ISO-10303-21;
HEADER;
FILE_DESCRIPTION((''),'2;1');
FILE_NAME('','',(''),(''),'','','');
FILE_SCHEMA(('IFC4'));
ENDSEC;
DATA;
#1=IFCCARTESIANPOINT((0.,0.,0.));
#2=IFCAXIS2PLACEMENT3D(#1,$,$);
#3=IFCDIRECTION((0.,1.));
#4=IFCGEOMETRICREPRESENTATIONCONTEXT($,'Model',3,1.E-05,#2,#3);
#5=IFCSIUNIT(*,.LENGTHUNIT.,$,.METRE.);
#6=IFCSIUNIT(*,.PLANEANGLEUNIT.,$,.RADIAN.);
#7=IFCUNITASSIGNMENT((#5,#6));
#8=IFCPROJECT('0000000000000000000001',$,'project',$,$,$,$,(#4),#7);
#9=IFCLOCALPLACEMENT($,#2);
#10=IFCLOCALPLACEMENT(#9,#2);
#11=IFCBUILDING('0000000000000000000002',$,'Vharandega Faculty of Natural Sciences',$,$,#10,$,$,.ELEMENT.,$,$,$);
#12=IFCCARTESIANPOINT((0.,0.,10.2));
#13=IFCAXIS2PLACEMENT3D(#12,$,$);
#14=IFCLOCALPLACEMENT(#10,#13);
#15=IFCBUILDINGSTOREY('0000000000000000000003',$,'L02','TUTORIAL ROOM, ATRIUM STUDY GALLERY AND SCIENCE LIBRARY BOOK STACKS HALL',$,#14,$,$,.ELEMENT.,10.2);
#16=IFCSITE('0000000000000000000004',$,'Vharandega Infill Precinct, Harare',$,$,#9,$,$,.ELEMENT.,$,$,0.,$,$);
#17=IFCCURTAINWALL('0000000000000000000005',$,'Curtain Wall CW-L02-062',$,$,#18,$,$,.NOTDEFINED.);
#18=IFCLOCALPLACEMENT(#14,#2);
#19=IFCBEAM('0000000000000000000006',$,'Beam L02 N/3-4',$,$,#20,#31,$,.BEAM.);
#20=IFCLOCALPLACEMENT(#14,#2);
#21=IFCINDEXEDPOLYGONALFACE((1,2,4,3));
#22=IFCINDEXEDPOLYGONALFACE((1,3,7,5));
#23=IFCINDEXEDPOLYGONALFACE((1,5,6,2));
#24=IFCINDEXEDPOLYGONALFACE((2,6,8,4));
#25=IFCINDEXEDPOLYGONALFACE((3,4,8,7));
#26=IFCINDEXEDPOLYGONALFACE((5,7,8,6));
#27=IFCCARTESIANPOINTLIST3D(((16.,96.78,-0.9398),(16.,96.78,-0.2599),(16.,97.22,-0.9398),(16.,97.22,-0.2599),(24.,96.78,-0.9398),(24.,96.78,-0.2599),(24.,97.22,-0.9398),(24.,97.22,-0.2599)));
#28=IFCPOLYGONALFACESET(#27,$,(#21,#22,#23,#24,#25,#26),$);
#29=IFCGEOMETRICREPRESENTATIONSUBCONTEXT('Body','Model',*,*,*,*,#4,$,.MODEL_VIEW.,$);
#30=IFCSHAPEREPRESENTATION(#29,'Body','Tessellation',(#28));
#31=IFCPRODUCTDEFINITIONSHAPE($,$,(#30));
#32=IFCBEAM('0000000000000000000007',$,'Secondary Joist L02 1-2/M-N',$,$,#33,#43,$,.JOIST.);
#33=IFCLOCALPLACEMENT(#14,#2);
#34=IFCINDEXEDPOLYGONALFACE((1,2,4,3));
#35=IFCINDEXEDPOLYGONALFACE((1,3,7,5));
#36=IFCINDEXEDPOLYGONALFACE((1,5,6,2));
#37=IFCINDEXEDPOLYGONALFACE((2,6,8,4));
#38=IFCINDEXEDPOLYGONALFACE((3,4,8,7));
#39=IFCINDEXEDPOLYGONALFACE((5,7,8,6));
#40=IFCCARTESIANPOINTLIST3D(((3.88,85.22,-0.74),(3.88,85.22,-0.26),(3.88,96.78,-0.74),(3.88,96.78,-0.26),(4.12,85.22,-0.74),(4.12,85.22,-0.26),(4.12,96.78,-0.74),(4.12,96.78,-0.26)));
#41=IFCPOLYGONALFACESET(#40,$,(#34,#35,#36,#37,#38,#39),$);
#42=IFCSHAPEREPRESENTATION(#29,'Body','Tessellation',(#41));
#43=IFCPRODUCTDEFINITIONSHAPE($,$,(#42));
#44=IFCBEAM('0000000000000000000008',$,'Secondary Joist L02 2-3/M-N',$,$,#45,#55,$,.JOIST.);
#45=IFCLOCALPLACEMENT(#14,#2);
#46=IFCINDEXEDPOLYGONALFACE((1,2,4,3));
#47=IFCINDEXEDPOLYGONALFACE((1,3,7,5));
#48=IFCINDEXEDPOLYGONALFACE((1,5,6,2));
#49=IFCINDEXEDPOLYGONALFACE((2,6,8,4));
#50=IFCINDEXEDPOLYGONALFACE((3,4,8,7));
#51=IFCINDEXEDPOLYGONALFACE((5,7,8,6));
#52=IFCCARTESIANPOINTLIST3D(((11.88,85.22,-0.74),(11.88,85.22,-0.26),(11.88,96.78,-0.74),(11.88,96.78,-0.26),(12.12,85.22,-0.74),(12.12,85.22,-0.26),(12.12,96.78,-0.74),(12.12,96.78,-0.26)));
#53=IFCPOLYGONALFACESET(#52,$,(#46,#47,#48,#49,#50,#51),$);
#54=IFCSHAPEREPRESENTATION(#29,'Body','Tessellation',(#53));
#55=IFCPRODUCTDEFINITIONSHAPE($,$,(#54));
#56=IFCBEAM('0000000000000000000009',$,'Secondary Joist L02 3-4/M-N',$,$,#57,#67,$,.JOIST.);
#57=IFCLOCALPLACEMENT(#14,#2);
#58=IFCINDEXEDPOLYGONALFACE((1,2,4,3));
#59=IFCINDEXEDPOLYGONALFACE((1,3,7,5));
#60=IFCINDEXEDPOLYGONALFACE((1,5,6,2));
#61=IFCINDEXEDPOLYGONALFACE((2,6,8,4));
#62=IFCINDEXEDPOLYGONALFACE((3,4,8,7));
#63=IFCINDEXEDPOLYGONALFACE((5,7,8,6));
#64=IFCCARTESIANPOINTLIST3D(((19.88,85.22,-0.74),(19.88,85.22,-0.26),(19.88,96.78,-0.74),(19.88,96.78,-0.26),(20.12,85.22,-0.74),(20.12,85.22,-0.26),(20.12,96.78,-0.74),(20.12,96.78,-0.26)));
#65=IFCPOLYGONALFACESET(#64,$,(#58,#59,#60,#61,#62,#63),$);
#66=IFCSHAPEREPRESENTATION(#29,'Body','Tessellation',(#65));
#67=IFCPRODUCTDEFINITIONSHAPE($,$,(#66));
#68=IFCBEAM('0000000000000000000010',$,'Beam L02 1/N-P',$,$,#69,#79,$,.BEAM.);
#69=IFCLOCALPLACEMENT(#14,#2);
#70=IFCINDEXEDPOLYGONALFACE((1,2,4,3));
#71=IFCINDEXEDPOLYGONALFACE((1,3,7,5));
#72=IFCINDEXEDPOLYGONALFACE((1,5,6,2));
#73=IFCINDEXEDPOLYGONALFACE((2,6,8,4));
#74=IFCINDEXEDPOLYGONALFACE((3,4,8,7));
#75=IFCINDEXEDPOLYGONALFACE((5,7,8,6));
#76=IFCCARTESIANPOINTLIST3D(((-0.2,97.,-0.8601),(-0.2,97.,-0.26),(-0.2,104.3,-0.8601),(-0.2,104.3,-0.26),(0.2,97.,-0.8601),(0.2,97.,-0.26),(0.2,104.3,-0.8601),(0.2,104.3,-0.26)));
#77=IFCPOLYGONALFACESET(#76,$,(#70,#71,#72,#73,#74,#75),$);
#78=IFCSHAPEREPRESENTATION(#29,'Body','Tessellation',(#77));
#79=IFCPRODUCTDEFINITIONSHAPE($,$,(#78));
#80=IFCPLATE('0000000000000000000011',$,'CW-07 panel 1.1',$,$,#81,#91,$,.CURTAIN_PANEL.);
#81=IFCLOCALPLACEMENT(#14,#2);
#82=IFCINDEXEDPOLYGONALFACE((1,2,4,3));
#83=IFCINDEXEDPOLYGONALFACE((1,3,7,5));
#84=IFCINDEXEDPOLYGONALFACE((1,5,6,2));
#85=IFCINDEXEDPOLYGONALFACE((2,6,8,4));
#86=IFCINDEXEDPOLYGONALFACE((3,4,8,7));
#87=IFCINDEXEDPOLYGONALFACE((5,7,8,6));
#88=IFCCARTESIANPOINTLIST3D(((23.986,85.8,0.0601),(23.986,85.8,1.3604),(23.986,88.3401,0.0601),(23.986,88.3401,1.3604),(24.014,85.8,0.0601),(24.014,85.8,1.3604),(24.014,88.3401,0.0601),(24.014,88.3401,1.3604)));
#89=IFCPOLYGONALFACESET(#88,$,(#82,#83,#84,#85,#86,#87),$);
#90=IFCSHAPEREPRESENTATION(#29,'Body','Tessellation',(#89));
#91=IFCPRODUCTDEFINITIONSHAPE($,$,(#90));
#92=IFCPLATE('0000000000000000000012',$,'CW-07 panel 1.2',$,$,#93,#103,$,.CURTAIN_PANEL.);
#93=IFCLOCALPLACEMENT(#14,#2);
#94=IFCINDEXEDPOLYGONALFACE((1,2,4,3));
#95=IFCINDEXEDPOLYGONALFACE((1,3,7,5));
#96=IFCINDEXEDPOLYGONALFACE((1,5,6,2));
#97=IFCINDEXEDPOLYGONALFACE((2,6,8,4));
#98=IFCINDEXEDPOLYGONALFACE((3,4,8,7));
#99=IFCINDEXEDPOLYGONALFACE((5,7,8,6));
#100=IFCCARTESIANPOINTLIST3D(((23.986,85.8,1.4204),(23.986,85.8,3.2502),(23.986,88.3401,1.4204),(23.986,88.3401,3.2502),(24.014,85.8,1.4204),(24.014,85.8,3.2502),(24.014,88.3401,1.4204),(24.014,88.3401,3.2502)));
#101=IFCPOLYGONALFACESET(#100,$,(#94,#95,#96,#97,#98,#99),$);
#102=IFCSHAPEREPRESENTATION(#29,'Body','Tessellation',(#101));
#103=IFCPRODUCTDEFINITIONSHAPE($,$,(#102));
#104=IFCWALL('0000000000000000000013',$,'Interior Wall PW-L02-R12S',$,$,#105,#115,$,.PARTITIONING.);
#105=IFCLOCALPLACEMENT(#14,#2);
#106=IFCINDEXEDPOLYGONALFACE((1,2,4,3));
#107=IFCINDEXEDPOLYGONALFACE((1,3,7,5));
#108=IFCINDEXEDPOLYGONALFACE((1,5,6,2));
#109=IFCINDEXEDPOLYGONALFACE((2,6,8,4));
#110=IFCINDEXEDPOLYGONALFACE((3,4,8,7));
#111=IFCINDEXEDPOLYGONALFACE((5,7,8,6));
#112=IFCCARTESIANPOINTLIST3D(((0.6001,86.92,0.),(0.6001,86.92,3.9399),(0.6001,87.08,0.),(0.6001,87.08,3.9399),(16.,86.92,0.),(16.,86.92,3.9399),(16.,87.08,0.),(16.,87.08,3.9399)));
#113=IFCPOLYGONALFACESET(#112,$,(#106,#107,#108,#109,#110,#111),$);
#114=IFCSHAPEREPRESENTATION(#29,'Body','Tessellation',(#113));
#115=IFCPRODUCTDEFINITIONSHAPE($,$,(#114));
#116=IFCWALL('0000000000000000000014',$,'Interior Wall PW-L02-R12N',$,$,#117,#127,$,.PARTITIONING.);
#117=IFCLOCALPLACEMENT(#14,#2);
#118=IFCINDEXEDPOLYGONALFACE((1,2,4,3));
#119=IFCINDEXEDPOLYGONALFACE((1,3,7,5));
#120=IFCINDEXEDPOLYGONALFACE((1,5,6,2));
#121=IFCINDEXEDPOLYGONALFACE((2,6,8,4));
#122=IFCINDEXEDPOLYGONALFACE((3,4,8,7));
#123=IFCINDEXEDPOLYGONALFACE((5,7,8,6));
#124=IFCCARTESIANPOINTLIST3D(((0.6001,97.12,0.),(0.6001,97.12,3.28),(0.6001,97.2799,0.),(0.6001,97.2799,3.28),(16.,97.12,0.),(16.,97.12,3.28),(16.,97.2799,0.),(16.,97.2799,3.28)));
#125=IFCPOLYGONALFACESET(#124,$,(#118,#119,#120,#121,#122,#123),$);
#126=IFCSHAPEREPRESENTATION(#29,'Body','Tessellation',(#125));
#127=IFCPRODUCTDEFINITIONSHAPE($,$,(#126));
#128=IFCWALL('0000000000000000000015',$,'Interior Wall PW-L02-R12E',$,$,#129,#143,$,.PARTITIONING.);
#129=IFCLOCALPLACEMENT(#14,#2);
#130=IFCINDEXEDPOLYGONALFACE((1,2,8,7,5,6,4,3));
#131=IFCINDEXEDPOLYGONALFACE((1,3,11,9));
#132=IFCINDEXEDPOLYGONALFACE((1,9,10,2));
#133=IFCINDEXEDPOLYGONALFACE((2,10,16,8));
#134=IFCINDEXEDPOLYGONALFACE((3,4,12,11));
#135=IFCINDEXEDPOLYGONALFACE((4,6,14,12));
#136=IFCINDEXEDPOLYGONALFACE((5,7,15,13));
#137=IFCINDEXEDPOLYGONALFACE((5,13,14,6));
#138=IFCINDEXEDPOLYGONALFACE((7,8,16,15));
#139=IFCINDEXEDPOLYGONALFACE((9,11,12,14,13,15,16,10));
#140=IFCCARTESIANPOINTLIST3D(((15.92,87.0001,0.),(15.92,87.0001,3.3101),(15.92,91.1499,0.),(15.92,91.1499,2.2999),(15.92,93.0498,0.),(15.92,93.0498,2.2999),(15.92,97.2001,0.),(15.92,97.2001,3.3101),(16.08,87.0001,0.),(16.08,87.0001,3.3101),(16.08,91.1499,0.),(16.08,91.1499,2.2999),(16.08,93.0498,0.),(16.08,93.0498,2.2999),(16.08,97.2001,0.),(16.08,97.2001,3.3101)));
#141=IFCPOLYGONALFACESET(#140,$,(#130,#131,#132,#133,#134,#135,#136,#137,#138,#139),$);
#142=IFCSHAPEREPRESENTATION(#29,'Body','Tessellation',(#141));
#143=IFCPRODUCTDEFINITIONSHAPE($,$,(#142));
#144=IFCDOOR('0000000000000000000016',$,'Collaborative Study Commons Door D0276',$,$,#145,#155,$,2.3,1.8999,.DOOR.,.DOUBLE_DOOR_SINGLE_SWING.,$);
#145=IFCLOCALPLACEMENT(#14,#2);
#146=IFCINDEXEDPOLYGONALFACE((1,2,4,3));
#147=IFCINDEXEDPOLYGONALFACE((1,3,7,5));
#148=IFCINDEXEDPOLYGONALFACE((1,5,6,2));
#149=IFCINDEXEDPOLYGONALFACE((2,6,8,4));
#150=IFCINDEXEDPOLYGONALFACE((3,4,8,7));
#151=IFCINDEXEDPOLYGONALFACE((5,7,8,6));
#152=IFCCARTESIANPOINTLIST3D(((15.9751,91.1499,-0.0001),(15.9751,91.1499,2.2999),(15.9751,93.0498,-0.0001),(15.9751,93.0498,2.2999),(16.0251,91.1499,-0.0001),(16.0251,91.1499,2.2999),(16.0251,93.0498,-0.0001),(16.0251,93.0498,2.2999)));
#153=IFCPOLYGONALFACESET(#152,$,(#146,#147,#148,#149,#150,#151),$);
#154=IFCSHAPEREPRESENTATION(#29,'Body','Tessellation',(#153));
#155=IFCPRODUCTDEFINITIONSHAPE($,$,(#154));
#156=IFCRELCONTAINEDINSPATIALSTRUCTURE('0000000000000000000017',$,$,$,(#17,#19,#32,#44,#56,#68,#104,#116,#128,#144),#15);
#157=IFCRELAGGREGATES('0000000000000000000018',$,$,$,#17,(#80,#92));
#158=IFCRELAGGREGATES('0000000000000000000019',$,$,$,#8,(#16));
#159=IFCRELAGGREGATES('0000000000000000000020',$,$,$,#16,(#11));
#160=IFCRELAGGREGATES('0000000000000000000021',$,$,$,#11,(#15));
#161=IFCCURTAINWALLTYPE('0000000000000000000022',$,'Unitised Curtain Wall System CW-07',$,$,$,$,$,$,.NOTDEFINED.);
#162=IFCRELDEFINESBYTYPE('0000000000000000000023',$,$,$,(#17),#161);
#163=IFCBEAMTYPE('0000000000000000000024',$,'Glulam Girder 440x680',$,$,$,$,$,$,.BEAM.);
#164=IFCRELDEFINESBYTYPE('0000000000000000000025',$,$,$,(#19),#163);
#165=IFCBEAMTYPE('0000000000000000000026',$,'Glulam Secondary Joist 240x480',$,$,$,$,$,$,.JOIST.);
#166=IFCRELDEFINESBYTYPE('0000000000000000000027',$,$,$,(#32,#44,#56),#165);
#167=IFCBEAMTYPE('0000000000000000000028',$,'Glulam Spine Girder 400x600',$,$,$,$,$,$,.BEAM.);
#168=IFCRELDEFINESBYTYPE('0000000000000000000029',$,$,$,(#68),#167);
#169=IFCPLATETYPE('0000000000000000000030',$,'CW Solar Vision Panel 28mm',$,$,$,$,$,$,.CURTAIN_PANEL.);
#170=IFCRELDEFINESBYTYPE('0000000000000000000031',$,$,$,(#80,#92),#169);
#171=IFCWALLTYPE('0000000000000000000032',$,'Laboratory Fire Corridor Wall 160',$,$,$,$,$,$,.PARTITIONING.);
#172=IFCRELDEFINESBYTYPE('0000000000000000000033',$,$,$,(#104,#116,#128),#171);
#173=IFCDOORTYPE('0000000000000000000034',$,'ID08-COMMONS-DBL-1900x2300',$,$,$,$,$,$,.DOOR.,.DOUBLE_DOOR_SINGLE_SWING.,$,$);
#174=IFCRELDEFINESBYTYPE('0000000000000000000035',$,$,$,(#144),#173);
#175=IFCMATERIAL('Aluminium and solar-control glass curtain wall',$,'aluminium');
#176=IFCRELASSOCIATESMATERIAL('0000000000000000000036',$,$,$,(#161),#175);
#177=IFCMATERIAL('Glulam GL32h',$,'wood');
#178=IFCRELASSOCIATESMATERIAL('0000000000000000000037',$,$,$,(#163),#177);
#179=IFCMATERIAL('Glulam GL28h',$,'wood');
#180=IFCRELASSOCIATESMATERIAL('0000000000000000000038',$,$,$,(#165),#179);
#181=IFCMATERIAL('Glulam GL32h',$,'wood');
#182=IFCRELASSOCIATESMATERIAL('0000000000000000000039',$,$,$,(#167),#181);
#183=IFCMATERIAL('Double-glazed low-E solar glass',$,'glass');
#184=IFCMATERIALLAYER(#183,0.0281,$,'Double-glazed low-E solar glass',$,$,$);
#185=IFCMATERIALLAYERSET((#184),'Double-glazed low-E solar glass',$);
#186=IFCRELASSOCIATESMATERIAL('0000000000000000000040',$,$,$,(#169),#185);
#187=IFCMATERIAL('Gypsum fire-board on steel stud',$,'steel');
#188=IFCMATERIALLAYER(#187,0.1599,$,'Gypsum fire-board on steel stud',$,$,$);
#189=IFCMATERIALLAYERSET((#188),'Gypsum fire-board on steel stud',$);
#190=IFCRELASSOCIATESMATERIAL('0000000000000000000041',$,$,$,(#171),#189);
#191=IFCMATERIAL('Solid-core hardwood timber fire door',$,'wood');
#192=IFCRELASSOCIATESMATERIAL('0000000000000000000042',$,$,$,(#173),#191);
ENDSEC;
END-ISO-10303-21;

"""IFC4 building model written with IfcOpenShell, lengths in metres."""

from ifc_helpers import new_model, si_unit, direction, frame, frame_2d, origin, origin_2d, place, context, subcontext, project, spatial, rectangle, extrude, material, layer, layer_set, material_profile, profile_set, type_object, element, fill, aggregate, save


model = new_model("IFC4")

# Units and contexts
model_context = context("Model", 3, precision=1e-05, world=origin(), true_north=direction((0.0, 1.0)))
body_context = subcontext(model_context, "Body", "Model", "MODEL_VIEW")
ifc_project = project(units=[si_unit("LENGTHUNIT", "METRE"), si_unit("PLANEANGLEUNIT", "RADIAN")], contexts=[model_context])

# Site, building, storey
site_placement = place(None, origin())
site = spatial("IfcSite", under=ifc_project, at=site_placement, Name="Vharandega Infill Precinct, Harare", CompositionType="ELEMENT", RefElevation=0.0)
building_placement = place(site_placement, origin())
building = spatial("IfcBuilding", under=site, at=building_placement, Name="Vharandega Faculty of Natural Sciences", CompositionType="ELEMENT")
storey_placement = place(building_placement, frame((0.0, 0.0, 10.2)))
storey = spatial("IfcBuildingStorey", under=building, at=storey_placement, Name="L02", Description="TUTORIAL ROOM, ATRIUM STUDY GALLERY AND SCIENCE LIBRARY BOOK STACKS HALL", CompositionType="ELEMENT", Elevation=10.2)

# Curtain wall
ifc_material_1 = material(Name="Aluminium and solar-control glass curtain wall", Category="aluminium")
curtain_wall_type_1 = type_object("IfcCurtainWallType", Name="Unitised Curtain Wall System CW-07", PredefinedType="NOTDEFINED", material=ifc_material_1)
curtain_wall_1_placement = place(storey_placement, origin())
curtain_wall_1 = element("IfcCurtainWall", 1, at=curtain_wall_1_placement, inside=storey, type_object=curtain_wall_type_1, Name="Curtain Wall CW-L02-062", PredefinedType="NOTDEFINED")

# Beams
ifc_material_2 = material(Name="Glulam GL32h", Category="wood")
ifc_material_profile_1 = material_profile(ifc_material_2, rectangle(XDim=0.4399, YDim=0.6799, at=origin_2d()), Name="GL32h 440x680")
ifc_profile_set_1 = profile_set([ifc_material_profile_1], Name="Glulam GL32h")
beam_type_1 = type_object("IfcBeamType", Name="Glulam Girder 440x680", PredefinedType="BEAM", material=ifc_profile_set_1)
for number, where, z_axis, x_axis, name in (
    (2, (16.0, 97.0, -0.5999), (1.0, 0.0, 0.0), (0.0, 1.0, 0.0), "Beam L02 N/3-4"),
):
    element("IfcBeam", number, at=place(storey_placement, frame(where, z_axis=z_axis, x_axis=x_axis)), inside=storey, type_object=beam_type_1, Name=name, PredefinedType="BEAM", context=body_context, shape_type="SweptSolid", body=[
        extrude(rectangle(XDim=0.4399, YDim=0.6799, at=origin_2d()), origin(), (0.0, 0.0, 1.0), 8.0),
    ])
ifc_material_3 = material(Name="Glulam GL28h", Category="wood")
ifc_material_profile_2 = material_profile(ifc_material_3, rectangle(XDim=0.24, YDim=0.48, at=origin_2d()), Name="GL28h 240x480")
ifc_profile_set_2 = profile_set([ifc_material_profile_2], Name="Glulam GL28h")
beam_type_2 = type_object("IfcBeamType", Name="Glulam Secondary Joist 240x480", PredefinedType="JOIST", material=ifc_profile_set_2)
for number, where, z_axis, x_axis, name in (
    (3, (4.0, 85.22, -0.5), (0.0, 1.0, 0.0), (-1.0, 0.0, 0.0), "Secondary Joist L02 1-2/M-N"),
    (4, (12.0, 85.22, -0.5), (0.0, 1.0, 0.0), (-1.0, 0.0, 0.0), "Secondary Joist L02 2-3/M-N"),
    (5, (20.0, 85.22, -0.5), (0.0, 1.0, 0.0), (-1.0, 0.0, 0.0), "Secondary Joist L02 3-4/M-N"),
):
    element("IfcBeam", number, at=place(storey_placement, frame(where, z_axis=z_axis, x_axis=x_axis)), inside=storey, type_object=beam_type_2, Name=name, PredefinedType="JOIST", context=body_context, shape_type="SweptSolid", body=[
        extrude(rectangle(XDim=0.24, YDim=0.48, at=origin_2d()), origin(), (0.0, 0.0, 1.0), 11.5601),
    ])
ifc_material_4 = material(Name="Glulam GL32h", Category="wood")
ifc_material_profile_3 = material_profile(ifc_material_4, rectangle(XDim=0.3999, YDim=0.6001, at=origin_2d()), Name="GL32h 400x600")
ifc_profile_set_3 = profile_set([ifc_material_profile_3], Name="Glulam GL32h")
beam_type_3 = type_object("IfcBeamType", Name="Glulam Spine Girder 400x600", PredefinedType="BEAM", material=ifc_profile_set_3)
beam_placement = place(storey_placement, frame((0.0, 97.0, -0.5601), z_axis=(0.0, 1.0, 0.0), x_axis=(-1.0, 0.0, 0.0)))
element("IfcBeam", 6, at=beam_placement, inside=storey, type_object=beam_type_3, Name="Beam L02 1/N-P", PredefinedType="BEAM", context=body_context, shape_type="SweptSolid", body=[
    extrude(rectangle(XDim=0.3999, YDim=0.6001, at=origin_2d()), origin(), (0.0, 0.0, 1.0), 7.3),
])

# Plates
ifc_material_5 = material(Name="Double-glazed low-E solar glass", Category="glass")
ifc_layer_1 = layer(ifc_material_5, 0.0281, Name="Double-glazed low-E solar glass")
ifc_layer_set_1 = layer_set([ifc_layer_1], Name="Double-glazed low-E solar glass")
plate_type = type_object("IfcPlateType", Name="CW Solar Vision Panel 28mm", PredefinedType="CURTAIN_PANEL", material=ifc_layer_set_1)
plate_1_placement = place(storey_placement, frame((24.0, 87.0701, 0.0601), z_axis=(0.0, 0.0, 1.0), x_axis=(0.0, 1.0, 0.0)))
plate_1 = element("IfcPlate", 7, at=plate_1_placement, type_object=plate_type, Name="CW-07 panel 1.1", PredefinedType="CURTAIN_PANEL", context=body_context, shape_type="SweptSolid", body=[
    extrude(rectangle(XDim=2.54, YDim=0.0281, at=origin_2d()), origin(), (0.0, 0.0, 1.0), 1.3003),
])
plate_2_placement = place(storey_placement, frame((24.0, 87.0701, 1.4204), z_axis=(0.0, 0.0, 1.0), x_axis=(0.0, 1.0, 0.0)))
plate_2 = element("IfcPlate", 8, at=plate_2_placement, type_object=plate_type, Name="CW-07 panel 1.2", PredefinedType="CURTAIN_PANEL", context=body_context, shape_type="SweptSolid", body=[
    extrude(rectangle(XDim=2.54, YDim=0.0281, at=origin_2d()), origin(), (0.0, 0.0, 1.0), 1.8298),
])
aggregate(curtain_wall_1, [plate_1, plate_2])

# Walls
ifc_material_6 = material(Name="Gypsum fire-board on steel stud", Category="steel")
ifc_layer_2 = layer(ifc_material_6, 0.1599, Name="Gypsum fire-board on steel stud")
ifc_layer_set_2 = layer_set([ifc_layer_2], Name="Gypsum fire-board on steel stud")
wall_type = type_object("IfcWallType", Name="Laboratory Fire Corridor Wall 160", PredefinedType="PARTITIONING", material=ifc_layer_set_2)
wall_1_placement = place(storey_placement, frame((0.6001, 87.0, 0.0), z_axis=(0.0, 0.0, 1.0), x_axis=(1.0, 0.0, 0.0)))
element("IfcWall", 9, at=wall_1_placement, inside=storey, type_object=wall_type, Name="Interior Wall PW-L02-R12S", PredefinedType="PARTITIONING", context=body_context, shape_type="SweptSolid", body=[
    extrude(rectangle(XDim=15.3999, YDim=0.1599, at=frame_2d((7.7, 0.0))), origin(), (0.0, 0.0, 1.0), 3.9399),
])
wall_2_placement = place(storey_placement, frame((0.6001, 97.2, 0.0), z_axis=(0.0, 0.0, 1.0), x_axis=(1.0, 0.0, 0.0)))
element("IfcWall", 10, at=wall_2_placement, inside=storey, type_object=wall_type, Name="Interior Wall PW-L02-R12N", PredefinedType="PARTITIONING", context=body_context, shape_type="SweptSolid", body=[
    extrude(rectangle(XDim=15.3999, YDim=0.1599, at=frame_2d((7.7, 0.0))), origin(), (0.0, 0.0, 1.0), 3.28),
])

# Wall, opening, door
wall_3_placement = place(storey_placement, frame((16.0, 87.0, 0.0), z_axis=(0.0, 0.0, 1.0), x_axis=(0.0, 1.0, 0.0)))
wall_3 = element("IfcWall", 11, at=wall_3_placement, inside=storey, type_object=wall_type, Name="Interior Wall PW-L02-R12E", PredefinedType="PARTITIONING", context=body_context, shape_type="SweptSolid", body=[
    extrude(rectangle(XDim=10.2, YDim=0.1599, at=frame_2d((5.1001, 0.0))), origin(), (0.0, 0.0, 1.0), 3.3101),
])
opening_placement = place(wall_3_placement, frame((4.1499, 0.0, 0.0)))
opening = element("IfcOpeningElement", 12, at=opening_placement, cuts=wall_3, PredefinedType="OPENING", context=body_context, shape_type="SweptSolid", body=[
    extrude(rectangle(XDim=1.8999, YDim=2.3, at=frame_2d((0.95, 1.1499))), frame((0.0, 0.0898, 0.0), z_axis=(0.0, -1.0, 0.0), x_axis=(1.0, 0.0, 0.0)), (0.0, 0.0, 1.0), 0.1799),
])
ifc_material_7 = material(Name="Solid-core hardwood timber fire door", Category="wood")
door_type = type_object("IfcDoorType", Name="ID08-COMMONS-DBL-1900x2300", OperationType="DOUBLE_DOOR_SINGLE_SWING", PredefinedType="DOOR", material=ifc_material_7)
door_placement = place(opening_placement, origin())
door = element("IfcDoor", 13, at=door_placement, inside=storey, type_object=door_type, Name="Collaborative Study Commons Door D0276", OperationType="DOUBLE_DOOR_SINGLE_SWING", OverallHeight=2.3, OverallWidth=1.8999, PredefinedType="DOOR", context=body_context, shape_type="SweptSolid", body=[
    extrude(rectangle(XDim=1.8999, YDim=2.3, at=frame_2d((0.95, 1.1499))), frame((0.0, 0.0249, 0.0), z_axis=(0.0, -1.0, 0.0), x_axis=(1.0, 0.0, 0.0)), (0.0, 0.0, 1.0), 0.05),
])
fill(opening, door)

save(model, "model.ifc")
